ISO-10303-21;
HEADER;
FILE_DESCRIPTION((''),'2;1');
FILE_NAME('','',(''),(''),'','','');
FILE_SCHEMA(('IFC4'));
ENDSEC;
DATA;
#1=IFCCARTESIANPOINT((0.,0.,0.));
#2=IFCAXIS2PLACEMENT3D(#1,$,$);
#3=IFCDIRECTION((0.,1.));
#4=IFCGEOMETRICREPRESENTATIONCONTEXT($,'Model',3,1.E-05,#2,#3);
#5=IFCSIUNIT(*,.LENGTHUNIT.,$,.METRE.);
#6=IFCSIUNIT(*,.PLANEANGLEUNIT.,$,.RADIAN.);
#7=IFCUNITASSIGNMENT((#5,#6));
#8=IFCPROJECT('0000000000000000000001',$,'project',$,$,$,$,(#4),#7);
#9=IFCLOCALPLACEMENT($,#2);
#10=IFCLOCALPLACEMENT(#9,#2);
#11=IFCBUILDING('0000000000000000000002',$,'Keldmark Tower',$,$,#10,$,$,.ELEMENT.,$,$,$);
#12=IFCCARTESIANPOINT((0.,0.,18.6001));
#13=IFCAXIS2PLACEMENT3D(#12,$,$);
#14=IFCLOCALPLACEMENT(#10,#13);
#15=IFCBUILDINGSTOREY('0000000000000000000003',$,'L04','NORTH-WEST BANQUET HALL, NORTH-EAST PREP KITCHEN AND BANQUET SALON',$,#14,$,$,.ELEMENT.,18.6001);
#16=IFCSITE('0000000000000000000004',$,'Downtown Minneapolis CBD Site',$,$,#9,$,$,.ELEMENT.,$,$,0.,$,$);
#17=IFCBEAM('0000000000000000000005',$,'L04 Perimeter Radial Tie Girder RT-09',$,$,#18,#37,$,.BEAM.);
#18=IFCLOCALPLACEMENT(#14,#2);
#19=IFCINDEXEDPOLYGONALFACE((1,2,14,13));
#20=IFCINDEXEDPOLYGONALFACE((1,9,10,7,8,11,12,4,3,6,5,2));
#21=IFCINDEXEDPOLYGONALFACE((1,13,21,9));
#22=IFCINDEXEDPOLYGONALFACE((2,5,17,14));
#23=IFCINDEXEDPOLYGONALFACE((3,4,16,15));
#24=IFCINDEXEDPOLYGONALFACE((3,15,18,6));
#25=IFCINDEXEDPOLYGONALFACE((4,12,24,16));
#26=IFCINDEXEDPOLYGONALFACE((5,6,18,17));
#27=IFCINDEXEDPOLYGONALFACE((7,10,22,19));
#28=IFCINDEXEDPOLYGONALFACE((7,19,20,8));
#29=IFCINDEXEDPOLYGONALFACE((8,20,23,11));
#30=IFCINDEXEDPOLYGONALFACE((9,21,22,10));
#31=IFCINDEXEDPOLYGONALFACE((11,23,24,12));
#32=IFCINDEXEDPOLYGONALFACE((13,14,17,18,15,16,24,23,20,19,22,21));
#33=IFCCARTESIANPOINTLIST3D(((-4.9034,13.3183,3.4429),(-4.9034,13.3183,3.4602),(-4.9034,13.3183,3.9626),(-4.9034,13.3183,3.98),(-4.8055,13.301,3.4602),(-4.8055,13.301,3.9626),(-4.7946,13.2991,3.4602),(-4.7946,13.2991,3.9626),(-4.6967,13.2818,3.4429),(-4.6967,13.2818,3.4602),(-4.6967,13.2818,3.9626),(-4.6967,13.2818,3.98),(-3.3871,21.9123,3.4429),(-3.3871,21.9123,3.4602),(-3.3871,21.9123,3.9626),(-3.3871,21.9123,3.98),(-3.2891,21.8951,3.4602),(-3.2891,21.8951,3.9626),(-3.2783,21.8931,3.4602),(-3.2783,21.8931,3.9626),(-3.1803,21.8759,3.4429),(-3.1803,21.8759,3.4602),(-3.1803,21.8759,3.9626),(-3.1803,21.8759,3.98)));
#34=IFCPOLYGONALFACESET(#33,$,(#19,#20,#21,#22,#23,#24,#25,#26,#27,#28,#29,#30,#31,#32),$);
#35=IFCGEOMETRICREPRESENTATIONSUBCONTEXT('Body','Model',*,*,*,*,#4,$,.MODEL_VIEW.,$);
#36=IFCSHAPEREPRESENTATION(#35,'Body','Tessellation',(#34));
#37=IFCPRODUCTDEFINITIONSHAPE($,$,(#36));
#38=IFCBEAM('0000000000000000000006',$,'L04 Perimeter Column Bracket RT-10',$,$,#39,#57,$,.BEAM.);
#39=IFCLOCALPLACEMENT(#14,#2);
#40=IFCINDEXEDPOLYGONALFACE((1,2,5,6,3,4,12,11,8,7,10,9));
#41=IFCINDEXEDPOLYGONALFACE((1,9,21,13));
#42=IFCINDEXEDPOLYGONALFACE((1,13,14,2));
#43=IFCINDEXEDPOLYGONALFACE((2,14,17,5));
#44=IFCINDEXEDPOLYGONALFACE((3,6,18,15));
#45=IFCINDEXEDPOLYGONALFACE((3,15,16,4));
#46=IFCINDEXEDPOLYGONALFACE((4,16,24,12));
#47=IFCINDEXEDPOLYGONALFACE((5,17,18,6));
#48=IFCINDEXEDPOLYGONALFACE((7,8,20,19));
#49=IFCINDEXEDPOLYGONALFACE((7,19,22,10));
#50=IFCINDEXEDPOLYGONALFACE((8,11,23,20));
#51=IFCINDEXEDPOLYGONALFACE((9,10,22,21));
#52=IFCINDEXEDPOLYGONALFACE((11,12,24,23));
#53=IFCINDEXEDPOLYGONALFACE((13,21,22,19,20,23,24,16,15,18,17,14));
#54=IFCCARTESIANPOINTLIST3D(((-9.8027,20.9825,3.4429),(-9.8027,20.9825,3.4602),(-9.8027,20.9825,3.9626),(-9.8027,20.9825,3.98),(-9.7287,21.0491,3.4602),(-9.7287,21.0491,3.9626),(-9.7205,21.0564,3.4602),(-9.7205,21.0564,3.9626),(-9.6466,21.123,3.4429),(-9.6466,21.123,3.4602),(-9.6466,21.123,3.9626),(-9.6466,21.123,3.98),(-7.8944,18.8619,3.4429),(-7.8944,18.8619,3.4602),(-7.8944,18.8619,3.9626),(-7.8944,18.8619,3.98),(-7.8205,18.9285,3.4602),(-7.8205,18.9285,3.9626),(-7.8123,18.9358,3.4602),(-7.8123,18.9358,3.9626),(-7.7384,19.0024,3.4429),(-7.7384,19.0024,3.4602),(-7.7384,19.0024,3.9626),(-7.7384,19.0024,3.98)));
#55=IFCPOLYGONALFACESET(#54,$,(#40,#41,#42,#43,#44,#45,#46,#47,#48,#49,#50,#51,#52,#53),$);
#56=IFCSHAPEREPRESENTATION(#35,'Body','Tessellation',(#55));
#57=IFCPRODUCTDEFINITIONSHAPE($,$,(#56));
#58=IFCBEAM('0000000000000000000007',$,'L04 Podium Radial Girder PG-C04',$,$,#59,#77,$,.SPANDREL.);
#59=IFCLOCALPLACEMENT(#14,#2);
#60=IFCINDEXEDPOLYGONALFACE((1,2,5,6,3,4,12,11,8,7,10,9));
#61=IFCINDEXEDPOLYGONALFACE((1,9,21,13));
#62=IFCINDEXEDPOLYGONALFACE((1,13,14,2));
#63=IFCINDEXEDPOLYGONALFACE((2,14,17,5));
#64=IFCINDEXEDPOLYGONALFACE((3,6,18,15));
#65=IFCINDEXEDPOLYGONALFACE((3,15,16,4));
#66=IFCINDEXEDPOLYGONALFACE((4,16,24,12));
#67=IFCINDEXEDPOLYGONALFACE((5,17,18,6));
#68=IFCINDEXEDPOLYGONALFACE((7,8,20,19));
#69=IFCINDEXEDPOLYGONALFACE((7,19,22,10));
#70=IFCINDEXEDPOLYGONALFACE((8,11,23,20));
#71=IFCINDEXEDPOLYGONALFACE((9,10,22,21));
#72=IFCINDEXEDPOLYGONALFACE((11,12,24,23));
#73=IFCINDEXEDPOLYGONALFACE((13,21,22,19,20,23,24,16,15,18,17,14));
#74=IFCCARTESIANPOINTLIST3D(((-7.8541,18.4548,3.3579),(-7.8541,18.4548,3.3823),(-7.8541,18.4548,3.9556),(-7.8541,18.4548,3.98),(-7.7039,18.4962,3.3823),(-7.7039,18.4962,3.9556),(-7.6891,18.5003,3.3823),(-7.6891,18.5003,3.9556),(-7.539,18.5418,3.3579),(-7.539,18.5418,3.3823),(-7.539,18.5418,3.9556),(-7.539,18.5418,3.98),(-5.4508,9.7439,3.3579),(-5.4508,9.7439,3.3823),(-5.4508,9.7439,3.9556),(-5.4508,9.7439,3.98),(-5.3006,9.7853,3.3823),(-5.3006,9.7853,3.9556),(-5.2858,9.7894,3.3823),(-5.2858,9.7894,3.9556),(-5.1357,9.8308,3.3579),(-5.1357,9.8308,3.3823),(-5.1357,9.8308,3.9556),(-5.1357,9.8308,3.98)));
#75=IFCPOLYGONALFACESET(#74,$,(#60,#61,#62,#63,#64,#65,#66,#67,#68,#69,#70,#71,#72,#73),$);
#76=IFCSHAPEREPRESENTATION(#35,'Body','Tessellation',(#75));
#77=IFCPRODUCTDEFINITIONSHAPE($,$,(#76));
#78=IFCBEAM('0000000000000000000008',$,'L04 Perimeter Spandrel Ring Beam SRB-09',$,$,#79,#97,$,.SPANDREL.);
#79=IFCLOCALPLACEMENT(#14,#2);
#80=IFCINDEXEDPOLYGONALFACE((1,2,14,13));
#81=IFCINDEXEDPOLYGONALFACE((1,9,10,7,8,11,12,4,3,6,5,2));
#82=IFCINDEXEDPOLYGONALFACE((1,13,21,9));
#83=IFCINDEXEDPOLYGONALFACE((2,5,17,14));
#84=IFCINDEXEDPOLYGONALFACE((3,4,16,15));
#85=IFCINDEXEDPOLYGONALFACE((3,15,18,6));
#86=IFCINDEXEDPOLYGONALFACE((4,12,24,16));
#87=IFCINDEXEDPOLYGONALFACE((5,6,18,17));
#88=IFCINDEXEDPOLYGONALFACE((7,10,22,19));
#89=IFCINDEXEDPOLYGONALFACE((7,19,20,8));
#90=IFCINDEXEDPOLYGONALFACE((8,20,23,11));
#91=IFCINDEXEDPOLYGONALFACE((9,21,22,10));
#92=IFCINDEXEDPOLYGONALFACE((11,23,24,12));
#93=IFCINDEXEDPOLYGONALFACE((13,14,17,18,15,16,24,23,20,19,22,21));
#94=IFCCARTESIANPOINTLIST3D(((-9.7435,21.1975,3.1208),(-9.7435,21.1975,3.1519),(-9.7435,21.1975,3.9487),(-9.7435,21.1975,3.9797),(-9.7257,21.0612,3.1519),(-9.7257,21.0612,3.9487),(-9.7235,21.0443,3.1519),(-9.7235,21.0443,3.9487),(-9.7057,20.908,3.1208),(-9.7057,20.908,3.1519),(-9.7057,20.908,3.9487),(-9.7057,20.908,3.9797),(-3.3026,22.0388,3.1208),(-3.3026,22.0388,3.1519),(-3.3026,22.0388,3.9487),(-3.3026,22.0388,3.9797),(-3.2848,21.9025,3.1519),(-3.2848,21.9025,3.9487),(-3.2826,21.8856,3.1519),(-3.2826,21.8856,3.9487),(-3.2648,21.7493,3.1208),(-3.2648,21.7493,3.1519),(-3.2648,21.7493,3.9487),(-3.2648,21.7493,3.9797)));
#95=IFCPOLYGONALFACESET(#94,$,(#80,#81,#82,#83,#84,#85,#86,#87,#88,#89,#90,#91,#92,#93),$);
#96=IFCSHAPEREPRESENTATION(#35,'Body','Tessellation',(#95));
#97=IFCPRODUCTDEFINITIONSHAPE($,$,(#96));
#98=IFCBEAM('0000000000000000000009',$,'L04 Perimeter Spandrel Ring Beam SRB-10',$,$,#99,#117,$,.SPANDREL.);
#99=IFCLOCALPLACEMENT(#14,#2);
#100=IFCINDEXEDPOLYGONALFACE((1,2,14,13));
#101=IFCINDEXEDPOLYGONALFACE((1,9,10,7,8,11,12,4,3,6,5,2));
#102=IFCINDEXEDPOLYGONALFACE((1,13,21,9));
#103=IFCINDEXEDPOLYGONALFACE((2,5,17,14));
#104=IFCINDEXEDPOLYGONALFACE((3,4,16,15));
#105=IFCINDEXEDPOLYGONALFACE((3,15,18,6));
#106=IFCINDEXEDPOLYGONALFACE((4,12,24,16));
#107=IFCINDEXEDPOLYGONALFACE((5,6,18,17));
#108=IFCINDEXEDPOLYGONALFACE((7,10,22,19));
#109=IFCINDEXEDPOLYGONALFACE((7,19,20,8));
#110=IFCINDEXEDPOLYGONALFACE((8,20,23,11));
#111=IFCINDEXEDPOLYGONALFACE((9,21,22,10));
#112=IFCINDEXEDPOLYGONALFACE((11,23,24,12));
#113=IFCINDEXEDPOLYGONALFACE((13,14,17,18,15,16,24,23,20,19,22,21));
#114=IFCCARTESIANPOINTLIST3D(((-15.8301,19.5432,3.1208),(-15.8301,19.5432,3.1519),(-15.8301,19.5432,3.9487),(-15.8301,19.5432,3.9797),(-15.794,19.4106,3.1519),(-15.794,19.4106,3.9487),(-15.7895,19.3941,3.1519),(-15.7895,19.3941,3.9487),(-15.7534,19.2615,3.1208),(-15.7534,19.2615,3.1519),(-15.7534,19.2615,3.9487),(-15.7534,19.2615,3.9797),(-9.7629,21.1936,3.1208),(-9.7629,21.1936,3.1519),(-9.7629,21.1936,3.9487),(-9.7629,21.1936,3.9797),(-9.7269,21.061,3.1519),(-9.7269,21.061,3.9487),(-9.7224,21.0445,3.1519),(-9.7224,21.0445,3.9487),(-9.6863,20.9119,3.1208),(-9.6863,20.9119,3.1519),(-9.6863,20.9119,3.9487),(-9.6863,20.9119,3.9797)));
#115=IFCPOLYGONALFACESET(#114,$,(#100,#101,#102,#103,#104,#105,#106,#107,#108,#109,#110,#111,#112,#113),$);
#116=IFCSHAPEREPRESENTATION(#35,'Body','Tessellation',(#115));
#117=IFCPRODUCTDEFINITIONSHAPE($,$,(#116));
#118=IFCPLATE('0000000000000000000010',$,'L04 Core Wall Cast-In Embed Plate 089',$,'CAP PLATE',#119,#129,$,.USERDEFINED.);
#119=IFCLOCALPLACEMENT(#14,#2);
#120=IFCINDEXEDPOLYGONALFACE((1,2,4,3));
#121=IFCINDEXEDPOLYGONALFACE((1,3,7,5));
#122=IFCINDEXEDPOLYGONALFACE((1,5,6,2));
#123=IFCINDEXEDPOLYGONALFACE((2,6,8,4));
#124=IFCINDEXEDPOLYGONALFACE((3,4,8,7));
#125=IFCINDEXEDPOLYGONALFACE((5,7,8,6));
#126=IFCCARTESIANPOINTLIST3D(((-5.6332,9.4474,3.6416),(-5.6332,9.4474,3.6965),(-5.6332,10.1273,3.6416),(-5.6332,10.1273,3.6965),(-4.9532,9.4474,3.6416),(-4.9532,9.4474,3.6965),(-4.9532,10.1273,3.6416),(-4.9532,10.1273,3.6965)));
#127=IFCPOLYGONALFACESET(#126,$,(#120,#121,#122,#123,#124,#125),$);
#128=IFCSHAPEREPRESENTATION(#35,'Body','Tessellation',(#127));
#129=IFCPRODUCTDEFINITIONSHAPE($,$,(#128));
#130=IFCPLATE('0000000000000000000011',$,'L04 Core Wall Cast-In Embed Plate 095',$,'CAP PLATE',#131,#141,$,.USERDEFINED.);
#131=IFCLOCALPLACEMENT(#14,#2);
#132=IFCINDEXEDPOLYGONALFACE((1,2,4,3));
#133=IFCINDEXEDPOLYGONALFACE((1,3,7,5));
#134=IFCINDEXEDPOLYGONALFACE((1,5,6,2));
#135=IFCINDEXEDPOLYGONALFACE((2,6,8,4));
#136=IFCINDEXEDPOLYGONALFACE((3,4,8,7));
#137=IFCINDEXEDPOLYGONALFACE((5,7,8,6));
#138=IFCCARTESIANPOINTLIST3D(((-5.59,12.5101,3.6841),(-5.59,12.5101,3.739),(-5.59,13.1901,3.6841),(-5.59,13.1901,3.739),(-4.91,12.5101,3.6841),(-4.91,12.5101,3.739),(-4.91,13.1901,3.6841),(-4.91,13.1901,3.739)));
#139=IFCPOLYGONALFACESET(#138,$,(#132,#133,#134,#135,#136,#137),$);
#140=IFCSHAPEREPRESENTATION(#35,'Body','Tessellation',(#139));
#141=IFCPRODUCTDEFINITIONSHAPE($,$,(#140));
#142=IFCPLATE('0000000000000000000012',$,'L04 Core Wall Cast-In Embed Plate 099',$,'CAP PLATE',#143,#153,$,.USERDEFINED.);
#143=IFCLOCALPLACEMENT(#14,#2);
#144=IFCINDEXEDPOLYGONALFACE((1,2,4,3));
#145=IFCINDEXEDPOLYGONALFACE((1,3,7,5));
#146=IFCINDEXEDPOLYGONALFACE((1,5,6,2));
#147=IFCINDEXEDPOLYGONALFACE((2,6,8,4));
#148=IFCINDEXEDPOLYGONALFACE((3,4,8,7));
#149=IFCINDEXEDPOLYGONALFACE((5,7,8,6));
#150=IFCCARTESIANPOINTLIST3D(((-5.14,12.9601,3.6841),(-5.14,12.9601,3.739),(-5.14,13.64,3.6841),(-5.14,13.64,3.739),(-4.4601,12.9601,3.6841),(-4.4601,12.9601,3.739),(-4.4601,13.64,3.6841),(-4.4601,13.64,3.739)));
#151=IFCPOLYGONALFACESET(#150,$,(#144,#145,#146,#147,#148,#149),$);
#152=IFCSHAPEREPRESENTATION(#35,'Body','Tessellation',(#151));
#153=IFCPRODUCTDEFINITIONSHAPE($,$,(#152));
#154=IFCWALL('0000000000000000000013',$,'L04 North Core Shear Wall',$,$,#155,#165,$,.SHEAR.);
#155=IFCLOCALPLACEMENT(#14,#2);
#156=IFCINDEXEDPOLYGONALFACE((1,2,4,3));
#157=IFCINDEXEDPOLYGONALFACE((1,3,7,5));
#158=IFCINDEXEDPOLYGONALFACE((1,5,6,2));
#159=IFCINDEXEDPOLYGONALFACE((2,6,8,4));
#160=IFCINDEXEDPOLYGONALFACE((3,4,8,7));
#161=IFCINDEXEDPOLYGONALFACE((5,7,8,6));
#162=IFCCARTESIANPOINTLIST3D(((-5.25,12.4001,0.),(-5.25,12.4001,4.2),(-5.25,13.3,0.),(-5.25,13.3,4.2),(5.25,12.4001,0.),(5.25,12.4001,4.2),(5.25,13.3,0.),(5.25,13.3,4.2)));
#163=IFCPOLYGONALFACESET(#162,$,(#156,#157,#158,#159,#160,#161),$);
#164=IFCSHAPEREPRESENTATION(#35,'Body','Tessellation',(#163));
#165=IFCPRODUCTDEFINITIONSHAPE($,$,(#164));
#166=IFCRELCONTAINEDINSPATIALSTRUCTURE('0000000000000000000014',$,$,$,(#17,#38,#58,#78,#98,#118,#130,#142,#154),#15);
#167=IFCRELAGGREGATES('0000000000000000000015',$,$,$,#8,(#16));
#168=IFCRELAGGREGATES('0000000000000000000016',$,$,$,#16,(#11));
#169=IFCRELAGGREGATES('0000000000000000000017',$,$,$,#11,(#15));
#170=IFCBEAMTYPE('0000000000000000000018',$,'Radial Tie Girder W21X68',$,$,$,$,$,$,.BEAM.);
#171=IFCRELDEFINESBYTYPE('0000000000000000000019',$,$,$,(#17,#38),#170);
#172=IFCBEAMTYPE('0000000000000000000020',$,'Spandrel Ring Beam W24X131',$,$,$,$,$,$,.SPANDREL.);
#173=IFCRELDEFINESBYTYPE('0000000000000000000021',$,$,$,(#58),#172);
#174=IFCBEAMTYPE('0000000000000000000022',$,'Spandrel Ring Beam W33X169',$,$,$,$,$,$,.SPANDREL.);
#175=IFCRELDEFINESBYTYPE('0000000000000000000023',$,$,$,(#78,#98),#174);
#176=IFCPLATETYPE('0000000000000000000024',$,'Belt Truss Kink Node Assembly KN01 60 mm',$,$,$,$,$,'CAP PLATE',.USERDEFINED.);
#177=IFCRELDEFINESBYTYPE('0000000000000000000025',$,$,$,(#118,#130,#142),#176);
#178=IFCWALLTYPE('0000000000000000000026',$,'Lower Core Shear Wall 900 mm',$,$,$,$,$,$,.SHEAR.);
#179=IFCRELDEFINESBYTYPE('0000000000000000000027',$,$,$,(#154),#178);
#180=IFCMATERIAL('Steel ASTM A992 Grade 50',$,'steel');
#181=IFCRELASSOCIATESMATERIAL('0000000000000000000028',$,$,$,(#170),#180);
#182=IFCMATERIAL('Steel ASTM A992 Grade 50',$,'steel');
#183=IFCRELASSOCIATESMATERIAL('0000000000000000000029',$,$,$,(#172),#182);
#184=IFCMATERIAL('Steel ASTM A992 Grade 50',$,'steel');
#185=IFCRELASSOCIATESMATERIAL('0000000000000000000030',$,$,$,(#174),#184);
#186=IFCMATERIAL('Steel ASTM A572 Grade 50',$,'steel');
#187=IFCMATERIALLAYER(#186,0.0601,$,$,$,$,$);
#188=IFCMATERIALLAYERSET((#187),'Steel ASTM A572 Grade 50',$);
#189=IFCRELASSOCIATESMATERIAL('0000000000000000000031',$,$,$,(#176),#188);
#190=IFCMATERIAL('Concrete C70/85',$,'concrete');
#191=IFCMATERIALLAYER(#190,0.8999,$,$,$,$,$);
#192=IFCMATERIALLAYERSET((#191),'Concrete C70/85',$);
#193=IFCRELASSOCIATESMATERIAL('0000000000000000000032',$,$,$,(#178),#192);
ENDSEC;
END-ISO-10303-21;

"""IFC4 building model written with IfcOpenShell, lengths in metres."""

from ifc_helpers import new_model, si_unit, direction, frame, frame_2d, origin, origin_2d, place, context, subcontext, project, spatial, rectangle, i_section, extrude, material, layer, layer_set, material_profile, profile_set, type_object, element, save


model = new_model("IFC4")

# Units and contexts
model_context = context("Model", 3, precision=1e-05, world=origin(), true_north=direction((0.0, 1.0)))
body_context = subcontext(model_context, "Body", "Model", "MODEL_VIEW")
ifc_project = project(units=[si_unit("LENGTHUNIT", "METRE"), si_unit("PLANEANGLEUNIT", "RADIAN")], contexts=[model_context])

# Site, building, storey
site_placement = place(None, origin())
site = spatial("IfcSite", under=ifc_project, at=site_placement, Name="Downtown Minneapolis CBD Site", CompositionType="ELEMENT", RefElevation=0.0)
building_placement = place(site_placement, origin())
building = spatial("IfcBuilding", under=site, at=building_placement, Name="Keldmark Tower", CompositionType="ELEMENT")
storey_placement = place(building_placement, frame((0.0, 0.0, 18.6001)))
storey = spatial("IfcBuildingStorey", under=building, at=storey_placement, Name="L04", Description="NORTH-WEST BANQUET HALL, NORTH-EAST PREP KITCHEN AND BANQUET SALON", CompositionType="ELEMENT", Elevation=18.6001)

# Beams
ifc_material_1 = material(Name="Steel ASTM A992 Grade 50", Category="steel")
ifc_material_profile_1 = material_profile(ifc_material_1, i_section(OverallWidth=0.21, OverallDepth=0.5371, WebThickness=0.011, FlangeThickness=0.0173, at=origin_2d()), Name="W21X68")
ifc_profile_set_1 = profile_set([ifc_material_profile_1], Name="Steel ASTM A992 Grade 50")
beam_type_1 = type_object("IfcBeamType", Name="Radial Tie Girder W21X68", PredefinedType="BEAM", material=ifc_profile_set_1)
beam_1_placement = place(storey_placement, frame((-4.8, 13.3, 3.7114), z_axis=(0.17376, 0.984788, 0.0), x_axis=(-0.984788, 0.17376, 0.0)))
element("IfcBeam", 1, at=beam_1_placement, inside=storey, type_object=beam_type_1, Name="L04 Perimeter Radial Tie Girder RT-09", PredefinedType="BEAM", context=body_context, shape_type="SweptSolid", body=[
    extrude(i_section(OverallWidth=0.21, OverallDepth=0.5371, WebThickness=0.011, FlangeThickness=0.0173, at=origin_2d()), origin(), (0.0, 0.0, 1.0), 8.7268),
])
beam_2_placement = place(storey_placement, frame((-7.8164, 18.9321, 3.7114), z_axis=(-0.668899, 0.743354, 0.0), x_axis=(-0.743354, -0.668899, 0.0)))
element("IfcBeam", 2, at=beam_2_placement, inside=storey, type_object=beam_type_1, Name="L04 Perimeter Column Bracket RT-10", PredefinedType="BEAM", context=body_context, shape_type="SweptSolid", body=[
    extrude(i_section(OverallWidth=0.21, OverallDepth=0.5371, WebThickness=0.011, FlangeThickness=0.0173, at=origin_2d()), origin(), (0.0, 0.0, 1.0), 2.8528),
])
ifc_material_2 = material(Name="Steel ASTM A992 Grade 50", Category="steel")
ifc_material_profile_2 = material_profile(ifc_material_2, i_section(OverallWidth=0.3269, OverallDepth=0.6221, WebThickness=0.0154, FlangeThickness=0.0244, at=origin_2d()), Name="W24X131")
ifc_profile_set_2 = profile_set([ifc_material_profile_2], Name="Steel ASTM A992 Grade 50")
beam_type_2 = type_object("IfcBeamType", Name="Spandrel Ring Beam W24X131", PredefinedType="SPANDREL", material=ifc_profile_set_2)
beam_3_placement = place(storey_placement, frame((-7.6965, 18.4983, 3.6689), z_axis=(0.26596, -0.963984, 0.0), x_axis=(0.963984, 0.26596, 0.0)))
element("IfcBeam", 3, at=beam_3_placement, inside=storey, type_object=beam_type_2, Name="L04 Podium Radial Girder PG-C04", PredefinedType="SPANDREL", context=body_context, shape_type="SweptSolid", body=[
    extrude(i_section(OverallWidth=0.3269, OverallDepth=0.6221, WebThickness=0.0154, FlangeThickness=0.0244, at=origin_2d()), origin(), (0.0, 0.0, 1.0), 9.0364),
])
ifc_material_3 = material(Name="Steel ASTM A992 Grade 50", Category="steel")
ifc_material_profile_3 = material_profile(ifc_material_3, i_section(OverallWidth=0.292, OverallDepth=0.8589, WebThickness=0.0171, FlangeThickness=0.031, at=origin_2d()), Name="W33X169")
ifc_profile_set_3 = profile_set([ifc_material_profile_3], Name="Steel ASTM A992 Grade 50")
beam_type_3 = type_object("IfcBeamType", Name="Spandrel Ring Beam W33X169", PredefinedType="SPANDREL", material=ifc_profile_set_3)
beam_4_placement = place(storey_placement, frame((-3.2837, 21.894, 3.5503), z_axis=(-0.991577, -0.129519, 0.0), x_axis=(0.129519, -0.991577, 0.0)))
element("IfcBeam", 4, at=beam_4_placement, inside=storey, type_object=beam_type_3, Name="L04 Perimeter Spandrel Ring Beam SRB-09", PredefinedType="SPANDREL", context=body_context, shape_type="SweptSolid", body=[
    extrude(i_section(OverallWidth=0.292, OverallDepth=0.8589, WebThickness=0.0171, FlangeThickness=0.031, at=origin_2d()), origin(), (0.0, 0.0, 1.0), 6.4956),
])
beam_5_placement = place(storey_placement, frame((-9.7246, 21.0527, 3.5503), z_axis=(-0.964937, -0.262483, 0.0), x_axis=(0.262483, -0.964937, 0.0)))
element("IfcBeam", 5, at=beam_5_placement, inside=storey, type_object=beam_type_3, Name="L04 Perimeter Spandrel Ring Beam SRB-10", PredefinedType="SPANDREL", context=body_context, shape_type="SweptSolid", body=[
    extrude(i_section(OverallWidth=0.292, OverallDepth=0.8589, WebThickness=0.0171, FlangeThickness=0.031, at=origin_2d()), origin(), (0.0, 0.0, 1.0), 6.2876),
])

# Plates
ifc_material_4 = material(Name="Steel ASTM A572 Grade 50", Category="steel")
ifc_layer_1 = layer(ifc_material_4, 0.0601)
ifc_layer_set_1 = layer_set([ifc_layer_1], Name="Steel ASTM A572 Grade 50")
plate_type = type_object("IfcPlateType", Name="Belt Truss Kink Node Assembly KN01 60 mm", ElementType="CAP PLATE", PredefinedType="USERDEFINED", material=ifc_layer_set_1)
for number, where, z_axis, x_axis, name in (
    (6, (-5.2932, 9.7874, 3.6416), (0.0, 0.0, 1.0), (1.0, 0.0, 0.0), "L04 Core Wall Cast-In Embed Plate 089"),
    (7, (-5.25, 12.8501, 3.6841), (0.0, 0.0, 1.0), (1.0, 0.0, 0.0), "L04 Core Wall Cast-In Embed Plate 095"),
    (8, (-4.8, 13.3, 3.6841), (0.0, 0.0, 1.0), (1.0, 0.0, 0.0), "L04 Core Wall Cast-In Embed Plate 099"),
):
    element("IfcPlate", number, at=place(storey_placement, frame(where, z_axis=z_axis, x_axis=x_axis)), inside=storey, type_object=plate_type, Name=name, ObjectType="CAP PLATE", PredefinedType="USERDEFINED", context=body_context, shape_type="SweptSolid", body=[
        extrude(rectangle(XDim=0.6799, YDim=0.6799, at=origin_2d()), origin(), (0.0, 0.0, 1.0), 0.0549),
    ])

# Wall
ifc_material_5 = material(Name="Concrete C70/85", Category="concrete")
ifc_layer_2 = layer(ifc_material_5, 0.8999)
ifc_layer_set_2 = layer_set([ifc_layer_2], Name="Concrete C70/85")
wall_type_1 = type_object("IfcWallType", Name="Lower Core Shear Wall 900 mm", PredefinedType="SHEAR", material=ifc_layer_set_2)
wall_1_placement = place(storey_placement, frame((-5.25, 12.8501, 0.0), z_axis=(0.0, 0.0, 1.0), x_axis=(1.0, 0.0, 0.0)))
element("IfcWall", 9, at=wall_1_placement, inside=storey, type_object=wall_type_1, Name="L04 North Core Shear Wall", PredefinedType="SHEAR", context=body_context, shape_type="SweptSolid", body=[
    extrude(rectangle(XDim=10.5, YDim=0.8999, at=frame_2d((5.25, 0.0))), origin(), (0.0, 0.0, 1.0), 4.2),
])

save(model, "model.ifc")
